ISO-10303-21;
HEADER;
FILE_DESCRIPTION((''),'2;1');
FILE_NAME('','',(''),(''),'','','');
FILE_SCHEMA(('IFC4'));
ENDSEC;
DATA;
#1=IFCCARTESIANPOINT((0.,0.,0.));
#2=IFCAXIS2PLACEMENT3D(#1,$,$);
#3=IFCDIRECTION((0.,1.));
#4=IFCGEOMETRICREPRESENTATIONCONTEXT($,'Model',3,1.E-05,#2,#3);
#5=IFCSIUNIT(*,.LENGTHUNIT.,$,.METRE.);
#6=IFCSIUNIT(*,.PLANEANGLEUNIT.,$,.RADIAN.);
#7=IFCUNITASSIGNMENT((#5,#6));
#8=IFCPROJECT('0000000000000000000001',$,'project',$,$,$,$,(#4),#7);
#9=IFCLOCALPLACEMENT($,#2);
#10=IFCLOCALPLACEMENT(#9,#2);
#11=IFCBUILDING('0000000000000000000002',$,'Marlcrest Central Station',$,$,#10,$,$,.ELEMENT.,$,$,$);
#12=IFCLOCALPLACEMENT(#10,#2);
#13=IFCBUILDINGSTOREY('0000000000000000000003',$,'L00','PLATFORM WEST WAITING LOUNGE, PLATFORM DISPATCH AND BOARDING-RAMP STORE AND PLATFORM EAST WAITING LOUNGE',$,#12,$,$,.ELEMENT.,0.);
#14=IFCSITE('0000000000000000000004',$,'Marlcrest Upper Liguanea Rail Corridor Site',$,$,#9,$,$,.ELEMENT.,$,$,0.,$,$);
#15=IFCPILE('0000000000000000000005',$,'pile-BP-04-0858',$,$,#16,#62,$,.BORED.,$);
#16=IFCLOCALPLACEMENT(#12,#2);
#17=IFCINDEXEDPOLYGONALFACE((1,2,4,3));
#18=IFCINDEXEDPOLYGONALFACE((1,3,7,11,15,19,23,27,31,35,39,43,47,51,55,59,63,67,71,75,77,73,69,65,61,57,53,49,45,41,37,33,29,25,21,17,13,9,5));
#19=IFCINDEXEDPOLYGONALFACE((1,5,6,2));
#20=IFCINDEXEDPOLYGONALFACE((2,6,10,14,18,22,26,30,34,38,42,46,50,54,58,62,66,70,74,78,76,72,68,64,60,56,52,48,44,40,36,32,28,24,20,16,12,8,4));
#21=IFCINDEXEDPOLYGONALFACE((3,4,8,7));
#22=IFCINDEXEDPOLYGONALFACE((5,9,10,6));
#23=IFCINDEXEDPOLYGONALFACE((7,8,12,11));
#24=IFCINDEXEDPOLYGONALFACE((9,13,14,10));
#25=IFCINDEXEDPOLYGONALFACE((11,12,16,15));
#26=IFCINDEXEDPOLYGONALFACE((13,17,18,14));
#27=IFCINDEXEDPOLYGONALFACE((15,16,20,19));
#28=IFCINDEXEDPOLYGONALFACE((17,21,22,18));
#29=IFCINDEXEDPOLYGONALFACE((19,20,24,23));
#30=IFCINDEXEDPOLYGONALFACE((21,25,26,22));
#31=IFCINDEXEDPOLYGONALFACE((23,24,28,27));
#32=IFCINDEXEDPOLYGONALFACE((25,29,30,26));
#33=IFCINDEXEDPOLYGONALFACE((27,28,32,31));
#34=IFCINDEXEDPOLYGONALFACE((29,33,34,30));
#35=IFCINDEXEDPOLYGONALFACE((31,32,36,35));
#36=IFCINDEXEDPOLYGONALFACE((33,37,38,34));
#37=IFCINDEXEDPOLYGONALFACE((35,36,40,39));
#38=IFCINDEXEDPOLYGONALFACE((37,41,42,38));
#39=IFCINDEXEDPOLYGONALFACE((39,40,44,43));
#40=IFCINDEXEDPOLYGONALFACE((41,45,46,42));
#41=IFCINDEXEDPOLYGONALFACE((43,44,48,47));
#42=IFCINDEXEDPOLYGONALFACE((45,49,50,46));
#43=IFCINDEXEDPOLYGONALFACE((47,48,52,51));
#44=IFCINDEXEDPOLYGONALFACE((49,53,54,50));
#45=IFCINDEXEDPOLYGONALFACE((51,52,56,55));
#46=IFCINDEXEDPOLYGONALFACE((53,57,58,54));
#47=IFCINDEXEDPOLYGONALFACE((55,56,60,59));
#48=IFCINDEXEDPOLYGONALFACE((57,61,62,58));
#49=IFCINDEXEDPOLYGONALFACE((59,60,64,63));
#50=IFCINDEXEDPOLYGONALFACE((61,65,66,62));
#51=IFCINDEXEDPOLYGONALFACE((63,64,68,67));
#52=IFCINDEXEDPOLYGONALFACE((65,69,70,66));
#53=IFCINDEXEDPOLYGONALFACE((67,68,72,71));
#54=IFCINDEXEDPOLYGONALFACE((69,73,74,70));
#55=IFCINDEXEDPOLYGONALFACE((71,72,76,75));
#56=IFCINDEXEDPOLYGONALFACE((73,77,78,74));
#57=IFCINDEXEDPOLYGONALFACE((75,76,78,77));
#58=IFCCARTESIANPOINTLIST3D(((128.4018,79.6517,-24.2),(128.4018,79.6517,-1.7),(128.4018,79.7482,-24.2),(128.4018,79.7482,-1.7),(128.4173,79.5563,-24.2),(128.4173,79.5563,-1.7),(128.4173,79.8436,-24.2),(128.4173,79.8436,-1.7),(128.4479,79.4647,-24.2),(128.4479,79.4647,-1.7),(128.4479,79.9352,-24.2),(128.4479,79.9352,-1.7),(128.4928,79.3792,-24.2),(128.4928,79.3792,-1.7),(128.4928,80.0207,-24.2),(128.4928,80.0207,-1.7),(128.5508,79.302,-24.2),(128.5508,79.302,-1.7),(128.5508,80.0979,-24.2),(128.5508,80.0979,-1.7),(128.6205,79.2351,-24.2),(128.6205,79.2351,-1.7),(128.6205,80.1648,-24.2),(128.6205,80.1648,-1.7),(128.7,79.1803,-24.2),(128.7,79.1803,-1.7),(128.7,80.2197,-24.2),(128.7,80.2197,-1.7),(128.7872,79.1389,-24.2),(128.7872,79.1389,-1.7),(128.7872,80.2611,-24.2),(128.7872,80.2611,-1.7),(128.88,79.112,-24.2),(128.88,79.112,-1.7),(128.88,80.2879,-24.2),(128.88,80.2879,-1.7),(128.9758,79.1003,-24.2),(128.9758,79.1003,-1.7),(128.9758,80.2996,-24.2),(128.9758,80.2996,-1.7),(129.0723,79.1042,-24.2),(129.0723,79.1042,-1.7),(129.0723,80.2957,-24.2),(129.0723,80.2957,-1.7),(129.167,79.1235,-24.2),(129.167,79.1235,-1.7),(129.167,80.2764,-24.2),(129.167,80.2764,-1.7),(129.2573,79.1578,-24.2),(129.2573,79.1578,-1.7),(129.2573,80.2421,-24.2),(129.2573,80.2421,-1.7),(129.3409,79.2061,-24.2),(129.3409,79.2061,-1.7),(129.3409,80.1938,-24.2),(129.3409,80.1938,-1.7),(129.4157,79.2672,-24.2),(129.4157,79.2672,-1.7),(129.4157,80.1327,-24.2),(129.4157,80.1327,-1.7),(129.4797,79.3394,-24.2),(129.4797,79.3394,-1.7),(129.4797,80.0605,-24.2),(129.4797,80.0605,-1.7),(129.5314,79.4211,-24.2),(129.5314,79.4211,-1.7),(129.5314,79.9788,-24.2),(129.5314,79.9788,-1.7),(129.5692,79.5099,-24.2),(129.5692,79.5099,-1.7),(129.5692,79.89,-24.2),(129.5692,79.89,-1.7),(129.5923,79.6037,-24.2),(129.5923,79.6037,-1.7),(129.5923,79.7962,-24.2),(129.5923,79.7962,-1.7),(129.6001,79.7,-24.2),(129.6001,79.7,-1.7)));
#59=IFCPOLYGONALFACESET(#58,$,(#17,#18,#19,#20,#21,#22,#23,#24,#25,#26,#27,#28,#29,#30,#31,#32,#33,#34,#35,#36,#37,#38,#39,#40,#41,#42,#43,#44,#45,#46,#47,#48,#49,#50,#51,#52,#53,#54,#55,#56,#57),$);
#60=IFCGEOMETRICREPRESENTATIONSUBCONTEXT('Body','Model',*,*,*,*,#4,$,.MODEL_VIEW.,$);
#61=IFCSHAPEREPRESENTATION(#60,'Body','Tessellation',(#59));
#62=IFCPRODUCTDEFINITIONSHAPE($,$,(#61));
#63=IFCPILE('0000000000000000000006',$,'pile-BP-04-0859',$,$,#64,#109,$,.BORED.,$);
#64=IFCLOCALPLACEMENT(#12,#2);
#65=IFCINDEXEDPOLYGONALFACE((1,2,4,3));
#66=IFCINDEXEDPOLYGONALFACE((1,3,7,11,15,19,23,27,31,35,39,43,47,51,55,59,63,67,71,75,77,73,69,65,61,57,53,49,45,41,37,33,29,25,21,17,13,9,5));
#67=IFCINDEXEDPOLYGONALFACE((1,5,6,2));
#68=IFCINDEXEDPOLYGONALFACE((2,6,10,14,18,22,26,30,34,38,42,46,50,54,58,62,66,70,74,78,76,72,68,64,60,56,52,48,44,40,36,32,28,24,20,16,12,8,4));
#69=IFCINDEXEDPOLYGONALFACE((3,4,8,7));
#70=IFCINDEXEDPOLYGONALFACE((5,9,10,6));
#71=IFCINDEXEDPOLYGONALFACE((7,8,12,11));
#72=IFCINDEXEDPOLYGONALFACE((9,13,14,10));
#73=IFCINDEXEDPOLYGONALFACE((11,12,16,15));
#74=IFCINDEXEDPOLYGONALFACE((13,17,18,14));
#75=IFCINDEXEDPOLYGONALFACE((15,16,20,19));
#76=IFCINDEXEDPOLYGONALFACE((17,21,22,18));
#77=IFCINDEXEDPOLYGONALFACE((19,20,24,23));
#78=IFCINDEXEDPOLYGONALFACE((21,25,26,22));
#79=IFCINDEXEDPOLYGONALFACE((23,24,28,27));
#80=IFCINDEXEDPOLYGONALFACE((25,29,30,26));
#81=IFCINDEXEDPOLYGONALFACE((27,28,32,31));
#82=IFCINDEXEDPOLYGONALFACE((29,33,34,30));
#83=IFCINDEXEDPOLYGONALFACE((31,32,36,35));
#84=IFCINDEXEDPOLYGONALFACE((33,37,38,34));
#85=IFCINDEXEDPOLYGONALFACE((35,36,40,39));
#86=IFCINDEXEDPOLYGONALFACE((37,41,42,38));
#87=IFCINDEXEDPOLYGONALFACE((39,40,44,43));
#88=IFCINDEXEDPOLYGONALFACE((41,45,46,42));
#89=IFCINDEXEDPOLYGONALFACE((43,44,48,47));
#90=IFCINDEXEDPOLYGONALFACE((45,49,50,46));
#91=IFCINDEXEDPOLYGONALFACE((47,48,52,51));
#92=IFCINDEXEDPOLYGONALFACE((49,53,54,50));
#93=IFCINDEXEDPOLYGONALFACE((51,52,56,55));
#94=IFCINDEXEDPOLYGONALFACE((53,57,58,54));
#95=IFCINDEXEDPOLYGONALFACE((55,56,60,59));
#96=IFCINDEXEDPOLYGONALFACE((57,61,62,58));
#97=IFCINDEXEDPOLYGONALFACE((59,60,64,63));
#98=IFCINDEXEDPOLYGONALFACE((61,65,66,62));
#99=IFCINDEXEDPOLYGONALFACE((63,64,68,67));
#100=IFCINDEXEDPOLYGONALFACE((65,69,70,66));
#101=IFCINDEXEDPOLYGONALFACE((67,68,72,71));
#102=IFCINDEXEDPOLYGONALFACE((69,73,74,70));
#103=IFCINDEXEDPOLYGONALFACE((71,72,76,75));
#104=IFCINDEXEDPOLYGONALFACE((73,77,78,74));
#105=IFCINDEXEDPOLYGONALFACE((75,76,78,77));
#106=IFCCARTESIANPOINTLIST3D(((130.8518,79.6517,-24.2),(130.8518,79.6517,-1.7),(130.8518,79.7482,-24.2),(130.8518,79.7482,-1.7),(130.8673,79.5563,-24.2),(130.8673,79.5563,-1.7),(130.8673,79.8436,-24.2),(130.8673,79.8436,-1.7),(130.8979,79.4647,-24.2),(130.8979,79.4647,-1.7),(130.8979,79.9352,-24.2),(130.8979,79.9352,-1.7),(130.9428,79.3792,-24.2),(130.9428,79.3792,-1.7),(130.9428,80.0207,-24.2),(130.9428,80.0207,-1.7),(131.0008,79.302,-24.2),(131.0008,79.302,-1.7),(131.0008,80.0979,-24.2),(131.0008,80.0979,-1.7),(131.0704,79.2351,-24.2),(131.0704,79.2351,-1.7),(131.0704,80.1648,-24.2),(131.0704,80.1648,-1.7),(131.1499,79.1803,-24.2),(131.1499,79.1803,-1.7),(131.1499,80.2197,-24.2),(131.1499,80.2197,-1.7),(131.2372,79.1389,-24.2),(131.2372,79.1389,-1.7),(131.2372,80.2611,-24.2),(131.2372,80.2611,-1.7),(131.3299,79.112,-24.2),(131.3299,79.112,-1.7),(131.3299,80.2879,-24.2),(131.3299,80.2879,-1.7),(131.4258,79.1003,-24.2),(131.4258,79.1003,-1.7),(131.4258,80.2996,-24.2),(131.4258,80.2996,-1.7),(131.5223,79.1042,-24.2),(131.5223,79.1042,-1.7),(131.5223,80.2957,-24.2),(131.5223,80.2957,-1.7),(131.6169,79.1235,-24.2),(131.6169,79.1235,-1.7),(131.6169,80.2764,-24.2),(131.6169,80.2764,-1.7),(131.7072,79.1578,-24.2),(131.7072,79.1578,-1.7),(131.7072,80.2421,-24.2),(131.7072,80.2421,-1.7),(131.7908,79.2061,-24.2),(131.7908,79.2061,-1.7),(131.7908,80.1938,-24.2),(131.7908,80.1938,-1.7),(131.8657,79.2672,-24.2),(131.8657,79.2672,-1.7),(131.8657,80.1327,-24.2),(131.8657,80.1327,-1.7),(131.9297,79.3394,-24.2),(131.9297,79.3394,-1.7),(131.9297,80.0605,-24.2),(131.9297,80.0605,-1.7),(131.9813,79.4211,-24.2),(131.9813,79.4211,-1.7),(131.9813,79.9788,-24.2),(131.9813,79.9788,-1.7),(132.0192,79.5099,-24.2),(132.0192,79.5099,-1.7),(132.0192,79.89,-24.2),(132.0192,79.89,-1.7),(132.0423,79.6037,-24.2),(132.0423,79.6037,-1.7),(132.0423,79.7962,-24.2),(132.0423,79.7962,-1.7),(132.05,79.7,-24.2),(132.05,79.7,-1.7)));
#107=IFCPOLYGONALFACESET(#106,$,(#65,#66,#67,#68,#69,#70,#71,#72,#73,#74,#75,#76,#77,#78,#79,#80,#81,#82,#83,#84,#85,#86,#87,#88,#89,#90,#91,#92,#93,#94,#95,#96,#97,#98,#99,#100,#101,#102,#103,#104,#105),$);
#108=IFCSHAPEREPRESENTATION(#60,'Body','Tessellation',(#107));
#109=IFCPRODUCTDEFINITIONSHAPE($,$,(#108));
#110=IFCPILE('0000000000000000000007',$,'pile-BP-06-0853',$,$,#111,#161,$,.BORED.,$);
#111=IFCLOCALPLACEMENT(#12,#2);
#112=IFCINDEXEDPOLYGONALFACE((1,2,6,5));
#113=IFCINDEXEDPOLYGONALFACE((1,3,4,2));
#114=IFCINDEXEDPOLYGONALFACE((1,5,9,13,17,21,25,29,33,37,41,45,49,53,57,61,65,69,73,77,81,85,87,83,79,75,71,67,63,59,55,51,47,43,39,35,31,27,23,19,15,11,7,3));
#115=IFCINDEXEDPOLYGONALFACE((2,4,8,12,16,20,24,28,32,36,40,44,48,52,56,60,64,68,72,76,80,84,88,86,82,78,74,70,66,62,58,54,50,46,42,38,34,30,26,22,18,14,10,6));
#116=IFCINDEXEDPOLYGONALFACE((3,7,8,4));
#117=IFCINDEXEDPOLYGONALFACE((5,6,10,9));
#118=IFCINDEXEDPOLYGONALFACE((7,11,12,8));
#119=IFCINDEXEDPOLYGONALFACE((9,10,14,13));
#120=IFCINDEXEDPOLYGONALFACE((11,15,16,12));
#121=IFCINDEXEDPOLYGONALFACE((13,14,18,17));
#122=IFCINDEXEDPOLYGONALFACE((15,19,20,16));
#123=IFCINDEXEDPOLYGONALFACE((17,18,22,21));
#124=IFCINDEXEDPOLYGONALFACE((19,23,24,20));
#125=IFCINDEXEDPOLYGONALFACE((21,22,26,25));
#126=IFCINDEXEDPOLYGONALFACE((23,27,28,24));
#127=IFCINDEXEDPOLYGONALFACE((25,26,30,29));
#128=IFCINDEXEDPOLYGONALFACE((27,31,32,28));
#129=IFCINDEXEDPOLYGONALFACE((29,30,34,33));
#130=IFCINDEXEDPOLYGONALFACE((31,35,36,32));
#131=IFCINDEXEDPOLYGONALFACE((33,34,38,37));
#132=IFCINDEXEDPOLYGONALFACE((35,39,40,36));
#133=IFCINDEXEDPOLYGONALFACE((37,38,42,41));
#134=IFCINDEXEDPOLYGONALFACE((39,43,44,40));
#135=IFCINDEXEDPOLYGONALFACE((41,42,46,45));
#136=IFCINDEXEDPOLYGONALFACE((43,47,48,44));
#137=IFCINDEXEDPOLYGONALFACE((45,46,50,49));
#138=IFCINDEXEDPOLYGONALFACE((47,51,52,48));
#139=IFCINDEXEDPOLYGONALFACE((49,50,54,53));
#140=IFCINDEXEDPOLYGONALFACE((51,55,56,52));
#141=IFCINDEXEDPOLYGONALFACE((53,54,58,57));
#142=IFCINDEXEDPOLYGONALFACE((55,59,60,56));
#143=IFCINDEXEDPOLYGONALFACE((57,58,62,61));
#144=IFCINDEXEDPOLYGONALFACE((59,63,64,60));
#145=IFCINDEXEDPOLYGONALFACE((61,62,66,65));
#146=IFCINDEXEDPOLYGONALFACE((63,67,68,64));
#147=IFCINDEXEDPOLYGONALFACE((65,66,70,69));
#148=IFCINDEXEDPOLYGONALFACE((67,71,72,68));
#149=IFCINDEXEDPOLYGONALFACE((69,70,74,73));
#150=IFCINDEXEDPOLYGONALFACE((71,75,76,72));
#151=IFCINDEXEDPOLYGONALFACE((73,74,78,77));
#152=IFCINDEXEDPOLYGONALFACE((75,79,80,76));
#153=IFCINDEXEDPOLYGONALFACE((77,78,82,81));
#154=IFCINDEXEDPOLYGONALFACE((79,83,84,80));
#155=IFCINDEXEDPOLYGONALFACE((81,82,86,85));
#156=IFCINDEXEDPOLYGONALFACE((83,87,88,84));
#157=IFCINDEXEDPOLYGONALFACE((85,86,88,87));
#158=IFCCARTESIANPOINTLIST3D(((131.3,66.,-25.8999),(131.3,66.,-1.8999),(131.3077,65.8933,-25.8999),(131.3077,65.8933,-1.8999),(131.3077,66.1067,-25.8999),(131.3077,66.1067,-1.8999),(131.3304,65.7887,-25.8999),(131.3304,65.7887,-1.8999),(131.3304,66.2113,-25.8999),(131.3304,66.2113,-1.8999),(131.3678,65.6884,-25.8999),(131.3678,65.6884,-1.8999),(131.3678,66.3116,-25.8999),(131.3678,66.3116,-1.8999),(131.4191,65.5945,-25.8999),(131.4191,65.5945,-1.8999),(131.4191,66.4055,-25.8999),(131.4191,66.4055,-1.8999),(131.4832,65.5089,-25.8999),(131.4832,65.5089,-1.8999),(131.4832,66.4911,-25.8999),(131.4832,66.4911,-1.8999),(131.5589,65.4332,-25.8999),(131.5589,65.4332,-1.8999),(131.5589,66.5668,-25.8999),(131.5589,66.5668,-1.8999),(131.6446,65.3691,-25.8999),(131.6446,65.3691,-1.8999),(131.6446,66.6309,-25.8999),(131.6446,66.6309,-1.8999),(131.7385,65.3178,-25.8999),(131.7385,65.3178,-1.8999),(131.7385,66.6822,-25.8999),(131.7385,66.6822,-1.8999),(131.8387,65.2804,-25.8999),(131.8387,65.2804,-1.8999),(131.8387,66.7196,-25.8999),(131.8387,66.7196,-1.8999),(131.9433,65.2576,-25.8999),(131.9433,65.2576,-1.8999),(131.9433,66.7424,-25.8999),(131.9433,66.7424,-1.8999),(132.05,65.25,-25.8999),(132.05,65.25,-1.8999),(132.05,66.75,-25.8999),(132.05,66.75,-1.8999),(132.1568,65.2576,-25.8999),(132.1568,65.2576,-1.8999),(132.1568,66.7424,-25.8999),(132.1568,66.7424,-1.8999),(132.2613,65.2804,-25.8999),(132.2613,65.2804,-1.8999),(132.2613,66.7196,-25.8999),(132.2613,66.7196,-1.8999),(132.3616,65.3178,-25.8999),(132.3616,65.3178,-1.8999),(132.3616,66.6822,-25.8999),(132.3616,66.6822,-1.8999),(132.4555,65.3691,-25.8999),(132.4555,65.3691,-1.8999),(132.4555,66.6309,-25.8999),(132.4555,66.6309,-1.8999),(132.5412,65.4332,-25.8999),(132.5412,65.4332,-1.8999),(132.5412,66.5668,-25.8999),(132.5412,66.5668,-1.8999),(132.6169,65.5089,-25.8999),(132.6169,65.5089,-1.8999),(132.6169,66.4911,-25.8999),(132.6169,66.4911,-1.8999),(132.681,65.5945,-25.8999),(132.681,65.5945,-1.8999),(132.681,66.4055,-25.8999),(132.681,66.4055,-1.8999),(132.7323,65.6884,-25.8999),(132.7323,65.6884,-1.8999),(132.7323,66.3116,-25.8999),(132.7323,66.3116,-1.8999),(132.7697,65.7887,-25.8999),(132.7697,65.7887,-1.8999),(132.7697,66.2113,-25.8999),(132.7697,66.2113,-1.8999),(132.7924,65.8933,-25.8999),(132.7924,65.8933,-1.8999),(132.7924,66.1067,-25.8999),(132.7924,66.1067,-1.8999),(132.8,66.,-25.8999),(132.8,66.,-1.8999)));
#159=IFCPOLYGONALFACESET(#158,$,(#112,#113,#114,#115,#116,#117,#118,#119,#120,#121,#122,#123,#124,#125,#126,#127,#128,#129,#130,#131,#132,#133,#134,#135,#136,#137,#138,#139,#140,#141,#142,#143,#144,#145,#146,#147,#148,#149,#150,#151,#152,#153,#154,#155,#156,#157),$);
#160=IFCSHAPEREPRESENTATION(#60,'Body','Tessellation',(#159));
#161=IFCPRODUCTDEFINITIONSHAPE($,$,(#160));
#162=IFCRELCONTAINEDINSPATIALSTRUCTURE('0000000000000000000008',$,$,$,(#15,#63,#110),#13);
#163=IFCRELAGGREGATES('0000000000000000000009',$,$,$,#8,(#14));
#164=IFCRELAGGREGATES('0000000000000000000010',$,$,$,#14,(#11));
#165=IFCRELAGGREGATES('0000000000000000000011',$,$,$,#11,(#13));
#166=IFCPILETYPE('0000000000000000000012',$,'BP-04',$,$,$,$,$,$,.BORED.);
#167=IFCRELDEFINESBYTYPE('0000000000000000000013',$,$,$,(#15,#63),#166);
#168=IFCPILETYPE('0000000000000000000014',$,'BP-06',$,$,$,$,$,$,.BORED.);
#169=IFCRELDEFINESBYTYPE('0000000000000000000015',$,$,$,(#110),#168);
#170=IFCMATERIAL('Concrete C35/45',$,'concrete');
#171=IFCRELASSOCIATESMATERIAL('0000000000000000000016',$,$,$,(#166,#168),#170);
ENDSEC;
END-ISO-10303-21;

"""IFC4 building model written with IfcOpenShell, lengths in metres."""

from ifc_helpers import new_model, si_unit, direction, frame, origin, origin_2d, place, context, subcontext, project, spatial, circle, extrude, material, material_profile, profile_set, type_object, element, save


model = new_model("IFC4")

# Units and contexts
model_context = context("Model", 3, precision=1e-05, world=origin(), true_north=direction((0.0, 1.0)))
body_context = subcontext(model_context, "Body", "Model", "MODEL_VIEW")
ifc_project = project(units=[si_unit("LENGTHUNIT", "METRE"), si_unit("PLANEANGLEUNIT", "RADIAN")], contexts=[model_context])

# Site, building, storey
site_placement = place(None, origin())
site = spatial("IfcSite", under=ifc_project, at=site_placement, Name="Marlcrest Upper Liguanea Rail Corridor Site", CompositionType="ELEMENT", RefElevation=0.0)
building_placement = place(site_placement, origin())
building = spatial("IfcBuilding", under=site, at=building_placement, Name="Marlcrest Central Station", CompositionType="ELEMENT")
storey_placement = place(building_placement, origin())
storey = spatial("IfcBuildingStorey", under=building, at=storey_placement, Name="L00", Description="PLATFORM WEST WAITING LOUNGE, PLATFORM DISPATCH AND BOARDING-RAMP STORE AND PLATFORM EAST WAITING LOUNGE", CompositionType="ELEMENT", Elevation=0.0)

# Piles
ifc_material_1 = material(Name="Concrete C35/45", Category="concrete")
ifc_material_profile_1 = material_profile(ifc_material_1, circle(Radius=0.6001, at=origin_2d()), Name="PILE D1200")
ifc_profile_set_1 = profile_set([ifc_material_profile_1], Name="Concrete C35/45")
pile_type_1 = type_object("IfcPileType", Name="BP-04", PredefinedType="BORED", material=ifc_profile_set_1)
for number, where, z_axis, x_axis, name in (
    (1, (129.0, 79.7, -1.7), (0.0, 0.0, -1.0), (1.0, 0.0, 0.0), "pile-BP-04-0858"),
    (2, (131.45, 79.7, -1.7), (0.0, 0.0, -1.0), (1.0, 0.0, 0.0), "pile-BP-04-0859"),
):
    element("IfcPile", number, at=place(storey_placement, frame(where, z_axis=z_axis, x_axis=x_axis)), inside=storey, type_object=pile_type_1, Name=name, PredefinedType="BORED", context=body_context, shape_type="SweptSolid", body=[
        extrude(circle(Radius=0.6001, at=origin_2d()), origin(), (0.0, 0.0, 1.0), 22.5),
    ])
ifc_material_profile_2 = material_profile(ifc_material_1, circle(Radius=0.75, at=origin_2d()), Name="PILE D1500")
ifc_profile_set_2 = profile_set([ifc_material_profile_2], Name="Concrete C35/45")
pile_type_2 = type_object("IfcPileType", Name="BP-06", PredefinedType="BORED", material=ifc_profile_set_2)
for number, where, z_axis, x_axis, name in (
    (3, (132.05, 66.0, -1.8999), (0.0, 0.0, -1.0), (1.0, 0.0, 0.0), "pile-BP-06-0853"),
):
    element("IfcPile", number, at=place(storey_placement, frame(where, z_axis=z_axis, x_axis=x_axis)), inside=storey, type_object=pile_type_2, Name=name, PredefinedType="BORED", context=body_context, shape_type="SweptSolid", body=[
        extrude(circle(Radius=0.75, at=origin_2d()), origin(), (0.0, 0.0, 1.0), 24.0),
    ])

save(model, "model.ifc")
